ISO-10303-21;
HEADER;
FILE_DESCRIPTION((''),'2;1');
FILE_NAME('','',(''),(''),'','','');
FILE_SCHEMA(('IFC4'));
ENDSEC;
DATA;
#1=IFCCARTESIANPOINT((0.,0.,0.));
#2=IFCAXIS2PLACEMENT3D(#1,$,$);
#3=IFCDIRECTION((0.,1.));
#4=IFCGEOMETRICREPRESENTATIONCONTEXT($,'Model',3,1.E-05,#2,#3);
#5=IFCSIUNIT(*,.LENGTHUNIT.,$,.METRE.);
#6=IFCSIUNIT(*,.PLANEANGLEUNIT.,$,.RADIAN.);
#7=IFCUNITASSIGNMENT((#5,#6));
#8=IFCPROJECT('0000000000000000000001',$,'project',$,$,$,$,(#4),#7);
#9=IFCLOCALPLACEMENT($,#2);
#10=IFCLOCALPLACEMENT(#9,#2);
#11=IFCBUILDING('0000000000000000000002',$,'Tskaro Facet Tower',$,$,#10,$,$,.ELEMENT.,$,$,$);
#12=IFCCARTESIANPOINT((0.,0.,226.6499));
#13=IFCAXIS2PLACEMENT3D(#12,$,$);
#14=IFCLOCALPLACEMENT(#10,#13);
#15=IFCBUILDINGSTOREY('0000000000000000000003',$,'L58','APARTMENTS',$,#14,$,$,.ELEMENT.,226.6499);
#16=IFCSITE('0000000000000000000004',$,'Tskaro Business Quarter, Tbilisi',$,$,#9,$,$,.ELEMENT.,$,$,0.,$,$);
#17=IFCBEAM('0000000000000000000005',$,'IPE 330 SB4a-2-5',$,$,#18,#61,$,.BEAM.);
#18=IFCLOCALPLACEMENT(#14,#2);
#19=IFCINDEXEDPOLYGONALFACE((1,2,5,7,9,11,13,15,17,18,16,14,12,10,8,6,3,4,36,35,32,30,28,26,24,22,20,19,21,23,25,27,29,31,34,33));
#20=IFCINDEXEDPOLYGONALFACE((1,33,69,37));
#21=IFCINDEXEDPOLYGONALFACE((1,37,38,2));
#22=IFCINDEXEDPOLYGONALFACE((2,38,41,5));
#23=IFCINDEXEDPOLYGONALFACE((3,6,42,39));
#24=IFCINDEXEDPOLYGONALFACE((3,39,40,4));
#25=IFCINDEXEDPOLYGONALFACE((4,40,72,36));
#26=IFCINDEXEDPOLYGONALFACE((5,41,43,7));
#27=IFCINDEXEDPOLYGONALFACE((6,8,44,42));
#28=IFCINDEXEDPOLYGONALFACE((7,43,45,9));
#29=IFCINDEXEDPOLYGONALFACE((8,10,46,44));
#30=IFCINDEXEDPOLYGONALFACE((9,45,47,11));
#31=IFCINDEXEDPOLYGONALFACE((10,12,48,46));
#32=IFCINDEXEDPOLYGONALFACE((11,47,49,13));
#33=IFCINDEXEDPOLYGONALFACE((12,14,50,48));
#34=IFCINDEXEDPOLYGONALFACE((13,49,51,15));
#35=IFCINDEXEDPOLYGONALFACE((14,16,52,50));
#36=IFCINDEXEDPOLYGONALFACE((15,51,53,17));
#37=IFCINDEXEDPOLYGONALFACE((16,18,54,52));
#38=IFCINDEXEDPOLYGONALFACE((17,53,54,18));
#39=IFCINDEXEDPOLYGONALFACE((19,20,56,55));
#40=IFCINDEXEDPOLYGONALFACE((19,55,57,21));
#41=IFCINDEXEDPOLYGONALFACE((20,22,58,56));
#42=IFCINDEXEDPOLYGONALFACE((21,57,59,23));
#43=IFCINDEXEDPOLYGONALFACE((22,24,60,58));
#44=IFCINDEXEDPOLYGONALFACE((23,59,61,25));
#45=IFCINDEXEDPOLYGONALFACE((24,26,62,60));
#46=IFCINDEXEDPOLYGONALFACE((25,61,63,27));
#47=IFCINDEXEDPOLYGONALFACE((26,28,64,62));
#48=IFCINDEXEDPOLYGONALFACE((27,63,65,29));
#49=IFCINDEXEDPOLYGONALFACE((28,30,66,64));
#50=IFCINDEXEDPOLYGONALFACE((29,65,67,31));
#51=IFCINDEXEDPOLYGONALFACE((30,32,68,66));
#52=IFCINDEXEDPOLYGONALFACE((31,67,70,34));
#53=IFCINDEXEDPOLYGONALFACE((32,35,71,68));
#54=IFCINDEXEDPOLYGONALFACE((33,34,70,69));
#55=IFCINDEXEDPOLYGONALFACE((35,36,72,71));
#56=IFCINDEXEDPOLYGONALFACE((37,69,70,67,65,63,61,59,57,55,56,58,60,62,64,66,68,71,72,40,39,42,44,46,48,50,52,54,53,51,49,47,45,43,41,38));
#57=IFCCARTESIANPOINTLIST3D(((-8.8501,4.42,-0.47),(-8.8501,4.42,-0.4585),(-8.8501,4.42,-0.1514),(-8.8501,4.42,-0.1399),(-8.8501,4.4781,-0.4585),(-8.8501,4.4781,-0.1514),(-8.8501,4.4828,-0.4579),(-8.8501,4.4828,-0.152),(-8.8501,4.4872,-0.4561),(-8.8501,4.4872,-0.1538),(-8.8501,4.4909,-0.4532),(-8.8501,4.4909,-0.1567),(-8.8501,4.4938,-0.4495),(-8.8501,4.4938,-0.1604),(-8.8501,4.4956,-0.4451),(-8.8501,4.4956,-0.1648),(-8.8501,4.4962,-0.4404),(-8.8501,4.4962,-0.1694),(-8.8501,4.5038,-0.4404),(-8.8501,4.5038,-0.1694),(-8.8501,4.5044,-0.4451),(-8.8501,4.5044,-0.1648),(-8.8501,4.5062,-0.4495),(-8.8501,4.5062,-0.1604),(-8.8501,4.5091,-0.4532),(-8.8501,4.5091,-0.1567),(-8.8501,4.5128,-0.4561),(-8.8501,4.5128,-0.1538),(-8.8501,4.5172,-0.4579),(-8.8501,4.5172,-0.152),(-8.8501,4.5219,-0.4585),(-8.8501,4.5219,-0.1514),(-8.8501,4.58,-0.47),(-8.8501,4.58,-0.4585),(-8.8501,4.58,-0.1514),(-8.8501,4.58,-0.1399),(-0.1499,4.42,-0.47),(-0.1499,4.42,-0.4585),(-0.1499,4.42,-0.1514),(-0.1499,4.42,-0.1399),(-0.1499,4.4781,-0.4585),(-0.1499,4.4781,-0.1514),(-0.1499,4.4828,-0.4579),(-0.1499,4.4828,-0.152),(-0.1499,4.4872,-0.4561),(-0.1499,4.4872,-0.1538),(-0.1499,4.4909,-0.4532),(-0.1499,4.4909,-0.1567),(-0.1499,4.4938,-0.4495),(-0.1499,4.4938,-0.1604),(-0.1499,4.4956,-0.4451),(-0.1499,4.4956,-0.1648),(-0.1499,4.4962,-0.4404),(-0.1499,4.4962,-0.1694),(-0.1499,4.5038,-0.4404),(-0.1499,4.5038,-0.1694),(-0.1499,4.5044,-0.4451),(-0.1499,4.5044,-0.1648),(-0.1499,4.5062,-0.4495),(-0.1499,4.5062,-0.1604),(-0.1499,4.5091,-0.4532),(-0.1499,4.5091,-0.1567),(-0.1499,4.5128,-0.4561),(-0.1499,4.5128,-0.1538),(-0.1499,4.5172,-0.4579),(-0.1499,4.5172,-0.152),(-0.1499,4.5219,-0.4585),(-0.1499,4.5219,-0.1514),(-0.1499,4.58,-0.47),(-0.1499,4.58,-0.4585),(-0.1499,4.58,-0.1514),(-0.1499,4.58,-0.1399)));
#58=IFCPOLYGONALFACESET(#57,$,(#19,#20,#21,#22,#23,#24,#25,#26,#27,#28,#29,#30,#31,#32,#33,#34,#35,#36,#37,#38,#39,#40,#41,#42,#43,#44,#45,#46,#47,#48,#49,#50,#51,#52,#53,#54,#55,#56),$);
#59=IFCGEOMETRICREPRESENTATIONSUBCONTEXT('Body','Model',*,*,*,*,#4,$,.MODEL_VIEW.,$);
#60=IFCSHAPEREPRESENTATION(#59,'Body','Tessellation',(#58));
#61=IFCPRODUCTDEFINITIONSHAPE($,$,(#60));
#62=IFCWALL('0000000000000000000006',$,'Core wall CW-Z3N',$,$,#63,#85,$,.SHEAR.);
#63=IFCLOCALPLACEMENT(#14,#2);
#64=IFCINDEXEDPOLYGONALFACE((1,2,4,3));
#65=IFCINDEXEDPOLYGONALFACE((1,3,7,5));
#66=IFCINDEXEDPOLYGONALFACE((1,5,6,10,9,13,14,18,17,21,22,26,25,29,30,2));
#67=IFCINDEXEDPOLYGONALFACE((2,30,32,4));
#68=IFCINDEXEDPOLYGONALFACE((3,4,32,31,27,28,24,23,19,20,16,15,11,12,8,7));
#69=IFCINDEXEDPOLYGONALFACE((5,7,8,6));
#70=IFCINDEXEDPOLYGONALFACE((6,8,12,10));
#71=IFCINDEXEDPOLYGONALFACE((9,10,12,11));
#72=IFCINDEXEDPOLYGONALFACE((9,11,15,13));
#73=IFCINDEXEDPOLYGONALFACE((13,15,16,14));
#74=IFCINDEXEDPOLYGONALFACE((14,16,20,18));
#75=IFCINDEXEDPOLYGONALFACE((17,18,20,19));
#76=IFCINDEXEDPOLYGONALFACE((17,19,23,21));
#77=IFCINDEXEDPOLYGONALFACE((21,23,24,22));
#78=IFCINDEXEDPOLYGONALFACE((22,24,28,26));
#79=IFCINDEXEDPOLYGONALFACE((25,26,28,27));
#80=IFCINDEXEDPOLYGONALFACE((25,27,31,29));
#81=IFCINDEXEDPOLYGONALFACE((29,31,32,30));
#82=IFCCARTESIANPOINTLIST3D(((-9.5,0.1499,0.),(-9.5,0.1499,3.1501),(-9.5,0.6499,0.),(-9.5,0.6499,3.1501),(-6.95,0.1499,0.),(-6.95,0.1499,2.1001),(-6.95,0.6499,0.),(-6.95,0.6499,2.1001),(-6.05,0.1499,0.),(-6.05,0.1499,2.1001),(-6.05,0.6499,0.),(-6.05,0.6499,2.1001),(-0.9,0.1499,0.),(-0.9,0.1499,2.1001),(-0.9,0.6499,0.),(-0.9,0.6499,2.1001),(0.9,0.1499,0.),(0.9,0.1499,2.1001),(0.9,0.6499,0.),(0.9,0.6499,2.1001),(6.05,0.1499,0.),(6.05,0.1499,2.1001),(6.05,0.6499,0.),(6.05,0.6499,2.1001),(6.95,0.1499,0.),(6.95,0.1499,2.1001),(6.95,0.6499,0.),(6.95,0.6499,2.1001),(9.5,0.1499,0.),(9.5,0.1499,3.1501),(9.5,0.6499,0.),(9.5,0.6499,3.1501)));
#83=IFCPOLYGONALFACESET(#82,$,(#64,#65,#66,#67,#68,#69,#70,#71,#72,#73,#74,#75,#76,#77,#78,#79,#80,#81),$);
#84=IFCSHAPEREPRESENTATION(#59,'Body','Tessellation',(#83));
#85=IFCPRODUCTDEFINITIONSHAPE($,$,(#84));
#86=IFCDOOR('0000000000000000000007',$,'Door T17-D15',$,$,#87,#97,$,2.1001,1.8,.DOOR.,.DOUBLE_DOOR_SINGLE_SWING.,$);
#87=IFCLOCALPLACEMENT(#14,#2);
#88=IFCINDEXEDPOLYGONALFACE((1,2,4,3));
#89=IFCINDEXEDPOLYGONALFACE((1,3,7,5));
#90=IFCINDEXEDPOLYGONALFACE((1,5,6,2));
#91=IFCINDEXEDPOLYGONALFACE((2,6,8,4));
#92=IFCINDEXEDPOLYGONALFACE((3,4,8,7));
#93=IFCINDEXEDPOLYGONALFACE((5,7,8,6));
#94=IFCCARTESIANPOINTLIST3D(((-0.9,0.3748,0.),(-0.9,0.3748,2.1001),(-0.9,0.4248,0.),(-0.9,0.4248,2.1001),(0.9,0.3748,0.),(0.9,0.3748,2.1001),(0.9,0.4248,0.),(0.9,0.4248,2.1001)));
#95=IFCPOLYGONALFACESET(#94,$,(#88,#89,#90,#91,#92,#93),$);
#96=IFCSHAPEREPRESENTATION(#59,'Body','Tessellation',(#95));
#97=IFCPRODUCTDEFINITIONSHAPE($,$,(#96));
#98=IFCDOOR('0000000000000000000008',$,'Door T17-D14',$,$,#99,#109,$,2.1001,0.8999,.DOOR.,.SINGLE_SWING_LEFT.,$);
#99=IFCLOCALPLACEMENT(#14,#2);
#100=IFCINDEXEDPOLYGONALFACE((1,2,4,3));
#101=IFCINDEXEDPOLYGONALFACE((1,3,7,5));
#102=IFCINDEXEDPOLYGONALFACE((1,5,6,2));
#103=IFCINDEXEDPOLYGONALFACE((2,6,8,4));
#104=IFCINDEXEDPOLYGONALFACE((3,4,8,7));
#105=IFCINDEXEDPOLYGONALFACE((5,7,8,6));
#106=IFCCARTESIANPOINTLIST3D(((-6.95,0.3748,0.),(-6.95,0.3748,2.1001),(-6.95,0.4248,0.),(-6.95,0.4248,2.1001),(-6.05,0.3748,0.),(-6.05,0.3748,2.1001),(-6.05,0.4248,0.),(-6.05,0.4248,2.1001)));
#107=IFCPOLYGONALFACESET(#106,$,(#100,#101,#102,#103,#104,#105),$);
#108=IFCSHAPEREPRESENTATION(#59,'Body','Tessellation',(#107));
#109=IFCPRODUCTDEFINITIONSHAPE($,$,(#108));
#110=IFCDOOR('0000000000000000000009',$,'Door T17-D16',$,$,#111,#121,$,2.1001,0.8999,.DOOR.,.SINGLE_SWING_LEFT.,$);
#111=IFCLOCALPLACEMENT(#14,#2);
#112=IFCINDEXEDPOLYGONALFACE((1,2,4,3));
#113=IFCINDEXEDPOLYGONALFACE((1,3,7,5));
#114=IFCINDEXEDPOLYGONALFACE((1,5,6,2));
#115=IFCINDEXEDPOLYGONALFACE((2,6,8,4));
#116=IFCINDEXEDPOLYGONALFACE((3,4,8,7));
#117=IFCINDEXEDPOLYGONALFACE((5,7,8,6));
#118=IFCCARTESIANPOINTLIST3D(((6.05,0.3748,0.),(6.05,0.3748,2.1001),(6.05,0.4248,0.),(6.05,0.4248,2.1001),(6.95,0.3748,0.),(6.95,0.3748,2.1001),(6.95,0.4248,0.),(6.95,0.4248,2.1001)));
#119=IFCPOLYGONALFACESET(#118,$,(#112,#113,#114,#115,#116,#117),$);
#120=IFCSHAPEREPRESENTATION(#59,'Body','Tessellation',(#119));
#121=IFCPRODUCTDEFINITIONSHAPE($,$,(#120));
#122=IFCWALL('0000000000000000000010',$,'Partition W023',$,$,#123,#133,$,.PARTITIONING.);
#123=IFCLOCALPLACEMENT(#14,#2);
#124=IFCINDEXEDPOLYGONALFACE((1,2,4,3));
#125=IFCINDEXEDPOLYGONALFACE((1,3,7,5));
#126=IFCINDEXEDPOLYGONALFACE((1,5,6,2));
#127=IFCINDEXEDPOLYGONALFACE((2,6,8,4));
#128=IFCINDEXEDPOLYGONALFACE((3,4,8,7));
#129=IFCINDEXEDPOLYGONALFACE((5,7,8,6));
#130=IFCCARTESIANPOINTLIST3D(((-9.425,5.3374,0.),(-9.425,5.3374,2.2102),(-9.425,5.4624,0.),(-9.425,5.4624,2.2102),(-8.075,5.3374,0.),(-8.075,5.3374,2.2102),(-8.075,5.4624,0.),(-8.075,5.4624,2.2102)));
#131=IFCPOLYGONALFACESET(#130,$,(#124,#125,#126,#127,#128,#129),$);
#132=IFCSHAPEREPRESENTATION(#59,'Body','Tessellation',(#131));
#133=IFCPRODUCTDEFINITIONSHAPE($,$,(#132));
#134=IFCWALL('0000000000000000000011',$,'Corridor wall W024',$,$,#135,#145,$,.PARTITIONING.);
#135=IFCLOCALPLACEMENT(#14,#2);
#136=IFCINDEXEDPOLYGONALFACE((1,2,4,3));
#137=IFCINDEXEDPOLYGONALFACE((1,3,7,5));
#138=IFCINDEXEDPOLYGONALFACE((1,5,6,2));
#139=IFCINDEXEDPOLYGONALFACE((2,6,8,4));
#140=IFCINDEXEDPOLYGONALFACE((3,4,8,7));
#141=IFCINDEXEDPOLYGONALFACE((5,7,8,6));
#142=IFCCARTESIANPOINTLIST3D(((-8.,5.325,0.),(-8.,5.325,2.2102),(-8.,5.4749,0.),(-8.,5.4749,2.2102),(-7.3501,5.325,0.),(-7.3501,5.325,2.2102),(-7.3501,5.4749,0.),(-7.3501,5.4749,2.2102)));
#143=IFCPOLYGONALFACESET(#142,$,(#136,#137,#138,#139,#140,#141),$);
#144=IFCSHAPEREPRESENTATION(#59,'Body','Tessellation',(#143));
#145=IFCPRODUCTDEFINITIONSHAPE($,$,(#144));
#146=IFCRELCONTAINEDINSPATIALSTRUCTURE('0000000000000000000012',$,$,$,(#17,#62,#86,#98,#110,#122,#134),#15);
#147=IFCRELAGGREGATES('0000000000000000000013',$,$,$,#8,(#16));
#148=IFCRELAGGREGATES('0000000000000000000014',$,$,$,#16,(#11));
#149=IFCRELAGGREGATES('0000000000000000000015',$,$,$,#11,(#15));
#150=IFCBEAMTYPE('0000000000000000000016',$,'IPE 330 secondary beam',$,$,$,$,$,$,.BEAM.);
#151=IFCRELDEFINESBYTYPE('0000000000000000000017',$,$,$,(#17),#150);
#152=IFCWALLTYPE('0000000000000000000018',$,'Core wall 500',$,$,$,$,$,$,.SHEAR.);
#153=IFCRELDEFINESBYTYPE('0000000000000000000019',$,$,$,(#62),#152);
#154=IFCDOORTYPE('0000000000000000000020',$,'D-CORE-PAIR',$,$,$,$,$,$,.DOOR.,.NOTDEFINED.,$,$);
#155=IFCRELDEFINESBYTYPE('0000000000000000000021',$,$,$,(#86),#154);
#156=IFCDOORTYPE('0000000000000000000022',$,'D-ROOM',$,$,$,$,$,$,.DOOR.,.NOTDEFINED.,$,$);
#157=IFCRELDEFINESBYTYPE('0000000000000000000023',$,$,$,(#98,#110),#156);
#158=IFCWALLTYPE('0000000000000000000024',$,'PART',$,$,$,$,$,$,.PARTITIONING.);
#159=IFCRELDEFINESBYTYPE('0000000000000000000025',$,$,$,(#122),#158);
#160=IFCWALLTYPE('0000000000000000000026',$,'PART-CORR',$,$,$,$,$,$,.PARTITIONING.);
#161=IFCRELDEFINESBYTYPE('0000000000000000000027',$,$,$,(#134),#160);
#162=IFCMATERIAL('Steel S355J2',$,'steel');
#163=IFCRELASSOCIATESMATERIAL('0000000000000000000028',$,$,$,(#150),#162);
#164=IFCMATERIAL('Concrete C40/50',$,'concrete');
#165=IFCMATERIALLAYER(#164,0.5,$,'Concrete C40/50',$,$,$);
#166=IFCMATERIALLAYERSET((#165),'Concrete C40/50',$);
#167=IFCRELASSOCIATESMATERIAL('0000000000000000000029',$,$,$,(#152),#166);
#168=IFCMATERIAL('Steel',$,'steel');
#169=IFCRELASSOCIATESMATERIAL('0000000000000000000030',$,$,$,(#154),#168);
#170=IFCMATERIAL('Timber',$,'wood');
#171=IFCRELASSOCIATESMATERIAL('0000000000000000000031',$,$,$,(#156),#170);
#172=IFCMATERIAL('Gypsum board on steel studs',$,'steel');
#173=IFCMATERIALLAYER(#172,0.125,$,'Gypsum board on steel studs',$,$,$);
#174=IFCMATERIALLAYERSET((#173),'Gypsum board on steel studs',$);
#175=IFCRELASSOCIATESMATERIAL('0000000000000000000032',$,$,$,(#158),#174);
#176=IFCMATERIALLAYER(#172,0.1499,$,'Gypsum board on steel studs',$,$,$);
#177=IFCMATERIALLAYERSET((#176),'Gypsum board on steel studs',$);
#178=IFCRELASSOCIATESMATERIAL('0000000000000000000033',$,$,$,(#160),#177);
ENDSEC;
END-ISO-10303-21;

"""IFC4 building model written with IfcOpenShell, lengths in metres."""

from ifc_helpers import new_model, si_unit, direction, frame, frame_2d, origin, origin_2d, place, context, subcontext, project, spatial, rectangle, i_section, extrude, material, layer, layer_set, material_profile, profile_set, type_object, element, fill, save


model = new_model("IFC4")

# Units and contexts
model_context = context("Model", 3, precision=1e-05, world=origin(), true_north=direction((0.0, 1.0)))
body_context = subcontext(model_context, "Body", "Model", "MODEL_VIEW")
ifc_project = project(units=[si_unit("LENGTHUNIT", "METRE"), si_unit("PLANEANGLEUNIT", "RADIAN")], contexts=[model_context])

# Site, building, storey
site_placement = place(None, origin())
site = spatial("IfcSite", under=ifc_project, at=site_placement, Name="Tskaro Business Quarter, Tbilisi", CompositionType="ELEMENT", RefElevation=0.0)
building_placement = place(site_placement, origin())
building = spatial("IfcBuilding", under=site, at=building_placement, Name="Tskaro Facet Tower", CompositionType="ELEMENT")
storey_placement = place(building_placement, frame((0.0, 0.0, 226.6499)))
storey = spatial("IfcBuildingStorey", under=building, at=storey_placement, Name="L58", Description="APARTMENTS", CompositionType="ELEMENT", Elevation=226.6499)

# Beam
ifc_material_1 = material(Name="Steel S355J2", Category="steel")
ifc_material_profile_1 = material_profile(ifc_material_1, i_section(OverallWidth=0.1599, OverallDepth=0.3301, WebThickness=0.0076, FlangeThickness=0.0115, FilletRadius=0.0181, at=origin_2d()), Name="IPE 330")
ifc_profile_set_1 = profile_set([ifc_material_profile_1], Name="Steel S355J2")
beam_type_1 = type_object("IfcBeamType", Name="IPE 330 secondary beam", PredefinedType="BEAM", material=ifc_profile_set_1)
beam_1_placement = place(storey_placement, frame((-8.8501, 4.5, -0.3049), z_axis=(1.0, 0.0, 0.0), x_axis=(0.0, 1.0, 0.0)))
element("IfcBeam", 1, at=beam_1_placement, inside=storey, type_object=beam_type_1, Name="IPE 330 SB4a-2-5", PredefinedType="BEAM", context=body_context, shape_type="SweptSolid", body=[
    extrude(i_section(OverallWidth=0.1599, OverallDepth=0.3301, WebThickness=0.0076, FlangeThickness=0.0115, FilletRadius=0.0181, at=origin_2d()), origin(), (0.0, 0.0, 1.0), 8.7002),
])

# Wall, openings, doors
ifc_material_2 = material(Name="Concrete C40/50", Category="concrete")
ifc_layer_1 = layer(ifc_material_2, 0.5, Name="Concrete C40/50")
ifc_layer_set_1 = layer_set([ifc_layer_1], Name="Concrete C40/50")
wall_type_1 = type_object("IfcWallType", Name="Core wall 500", PredefinedType="SHEAR", material=ifc_layer_set_1)
wall_1_placement = place(storey_placement, frame((-9.5, 0.3999, 0.0), z_axis=(0.0, 0.0, 1.0), x_axis=(1.0, 0.0, 0.0)))
wall_1 = element("IfcWall", 2, at=wall_1_placement, inside=storey, type_object=wall_type_1, Name="Core wall CW-Z3N", PredefinedType="SHEAR", context=body_context, shape_type="SweptSolid", body=[
    extrude(rectangle(XDim=19.0, YDim=0.5, at=frame_2d((9.5, 0.0))), origin(), (0.0, 0.0, 1.0), 3.1501),
])
opening_1_placement = place(wall_1_placement, frame((8.6001, 0.0, 0.0)))
opening_1 = element("IfcOpeningElement", 3, at=opening_1_placement, cuts=wall_1, PredefinedType="OPENING", context=body_context, shape_type="SweptSolid", body=[
    extrude(rectangle(XDim=1.8, YDim=2.1001, at=frame_2d((0.8999, 1.05))), frame((0.0, 0.26, 0.0), z_axis=(0.0, -1.0, 0.0), x_axis=(1.0, 0.0, 0.0)), (0.0, 0.0, 1.0), 0.52),
])
opening_2_placement = place(wall_1_placement, frame((2.55, 0.0, 0.0)))
opening_2 = element("IfcOpeningElement", 4, at=opening_2_placement, cuts=wall_1, PredefinedType="OPENING", context=body_context, shape_type="SweptSolid", body=[
    extrude(rectangle(XDim=0.8999, YDim=2.1001, at=frame_2d((0.45, 1.05))), frame((0.0, 0.26, 0.0), z_axis=(0.0, -1.0, 0.0), x_axis=(1.0, 0.0, 0.0)), (0.0, 0.0, 1.0), 0.52),
])
opening_3_placement = place(wall_1_placement, frame((15.55, 0.0, 0.0)))
opening_3 = element("IfcOpeningElement", 5, at=opening_3_placement, cuts=wall_1, PredefinedType="OPENING", context=body_context, shape_type="SweptSolid", body=[
    extrude(rectangle(XDim=0.8999, YDim=2.1001, at=frame_2d((0.45, 1.05))), frame((0.0, 0.26, 0.0), z_axis=(0.0, -1.0, 0.0), x_axis=(1.0, 0.0, 0.0)), (0.0, 0.0, 1.0), 0.52),
])
ifc_material_3 = material(Name="Steel", Category="steel")
door_type_1 = type_object("IfcDoorType", Name="D-CORE-PAIR", OperationType="NOTDEFINED", PredefinedType="DOOR", material=ifc_material_3)
door_1_placement = place(opening_1_placement, origin())
door_1 = element("IfcDoor", 6, at=door_1_placement, inside=storey, type_object=door_type_1, Name="Door T17-D15", OperationType="DOUBLE_DOOR_SINGLE_SWING", OverallHeight=2.1001, OverallWidth=1.8, PredefinedType="DOOR", context=body_context, shape_type="SweptSolid", body=[
    extrude(rectangle(XDim=1.8, YDim=2.1001, at=frame_2d((0.8999, 1.05))), frame((0.0, 0.0249, 0.0), z_axis=(0.0, -1.0, 0.0), x_axis=(1.0, 0.0, 0.0)), (0.0, 0.0, 1.0), 0.05),
])
fill(opening_1, door_1)
ifc_material_4 = material(Name="Timber", Category="wood")
door_type_2 = type_object("IfcDoorType", Name="D-ROOM", OperationType="NOTDEFINED", PredefinedType="DOOR", material=ifc_material_4)
door_2_placement = place(opening_2_placement, origin())
door_2 = element("IfcDoor", 7, at=door_2_placement, inside=storey, type_object=door_type_2, Name="Door T17-D14", OperationType="SINGLE_SWING_LEFT", OverallHeight=2.1001, OverallWidth=0.8999, PredefinedType="DOOR", context=body_context, shape_type="SweptSolid", body=[
    extrude(rectangle(XDim=0.8999, YDim=2.1001, at=frame_2d((0.45, 1.05))), frame((0.0, 0.0249, 0.0), z_axis=(0.0, -1.0, 0.0), x_axis=(1.0, 0.0, 0.0)), (0.0, 0.0, 1.0), 0.05),
])
fill(opening_2, door_2)
door_3_placement = place(opening_3_placement, origin())
door_3 = element("IfcDoor", 8, at=door_3_placement, inside=storey, type_object=door_type_2, Name="Door T17-D16", OperationType="SINGLE_SWING_LEFT", OverallHeight=2.1001, OverallWidth=0.8999, PredefinedType="DOOR", context=body_context, shape_type="SweptSolid", body=[
    extrude(rectangle(XDim=0.8999, YDim=2.1001, at=frame_2d((0.45, 1.05))), frame((0.0, 0.0249, 0.0), z_axis=(0.0, -1.0, 0.0), x_axis=(1.0, 0.0, 0.0)), (0.0, 0.0, 1.0), 0.05),
])
fill(opening_3, door_3)

# Walls
ifc_material_5 = material(Name="Gypsum board on steel studs", Category="steel")
ifc_layer_2 = layer(ifc_material_5, 0.125, Name="Gypsum board on steel studs")
ifc_layer_set_2 = layer_set([ifc_layer_2], Name="Gypsum board on steel studs")
wall_type_2 = type_object("IfcWallType", Name="PART", PredefinedType="PARTITIONING", material=ifc_layer_set_2)
wall_2_placement = place(storey_placement, frame((-9.425, 5.3999, 0.0), z_axis=(0.0, 0.0, 1.0), x_axis=(1.0, 0.0, 0.0)))
element("IfcWall", 9, at=wall_2_placement, inside=storey, type_object=wall_type_2, Name="Partition W023", PredefinedType="PARTITIONING", context=body_context, shape_type="SweptSolid", body=[
    extrude(rectangle(XDim=1.3501, YDim=0.125, at=frame_2d((0.675, 0.0))), origin(), (0.0, 0.0, 1.0), 2.2102),
])
ifc_layer_3 = layer(ifc_material_5, 0.1499, Name="Gypsum board on steel studs")
ifc_layer_set_3 = layer_set([ifc_layer_3], Name="Gypsum board on steel studs")
wall_type_3 = type_object("IfcWallType", Name="PART-CORR", PredefinedType="PARTITIONING", material=ifc_layer_set_3)
wall_3_placement = place(storey_placement, frame((-8.0, 5.3999, 0.0), z_axis=(0.0, 0.0, 1.0), x_axis=(1.0, 0.0, 0.0)))
element("IfcWall", 10, at=wall_3_placement, inside=storey, type_object=wall_type_3, Name="Corridor wall W024", PredefinedType="PARTITIONING", context=body_context, shape_type="SweptSolid", body=[
    extrude(rectangle(XDim=0.6499, YDim=0.1499, at=frame_2d((0.325, 0.0))), origin(), (0.0, 0.0, 1.0), 2.2102),
])

save(model, "model.ifc")
